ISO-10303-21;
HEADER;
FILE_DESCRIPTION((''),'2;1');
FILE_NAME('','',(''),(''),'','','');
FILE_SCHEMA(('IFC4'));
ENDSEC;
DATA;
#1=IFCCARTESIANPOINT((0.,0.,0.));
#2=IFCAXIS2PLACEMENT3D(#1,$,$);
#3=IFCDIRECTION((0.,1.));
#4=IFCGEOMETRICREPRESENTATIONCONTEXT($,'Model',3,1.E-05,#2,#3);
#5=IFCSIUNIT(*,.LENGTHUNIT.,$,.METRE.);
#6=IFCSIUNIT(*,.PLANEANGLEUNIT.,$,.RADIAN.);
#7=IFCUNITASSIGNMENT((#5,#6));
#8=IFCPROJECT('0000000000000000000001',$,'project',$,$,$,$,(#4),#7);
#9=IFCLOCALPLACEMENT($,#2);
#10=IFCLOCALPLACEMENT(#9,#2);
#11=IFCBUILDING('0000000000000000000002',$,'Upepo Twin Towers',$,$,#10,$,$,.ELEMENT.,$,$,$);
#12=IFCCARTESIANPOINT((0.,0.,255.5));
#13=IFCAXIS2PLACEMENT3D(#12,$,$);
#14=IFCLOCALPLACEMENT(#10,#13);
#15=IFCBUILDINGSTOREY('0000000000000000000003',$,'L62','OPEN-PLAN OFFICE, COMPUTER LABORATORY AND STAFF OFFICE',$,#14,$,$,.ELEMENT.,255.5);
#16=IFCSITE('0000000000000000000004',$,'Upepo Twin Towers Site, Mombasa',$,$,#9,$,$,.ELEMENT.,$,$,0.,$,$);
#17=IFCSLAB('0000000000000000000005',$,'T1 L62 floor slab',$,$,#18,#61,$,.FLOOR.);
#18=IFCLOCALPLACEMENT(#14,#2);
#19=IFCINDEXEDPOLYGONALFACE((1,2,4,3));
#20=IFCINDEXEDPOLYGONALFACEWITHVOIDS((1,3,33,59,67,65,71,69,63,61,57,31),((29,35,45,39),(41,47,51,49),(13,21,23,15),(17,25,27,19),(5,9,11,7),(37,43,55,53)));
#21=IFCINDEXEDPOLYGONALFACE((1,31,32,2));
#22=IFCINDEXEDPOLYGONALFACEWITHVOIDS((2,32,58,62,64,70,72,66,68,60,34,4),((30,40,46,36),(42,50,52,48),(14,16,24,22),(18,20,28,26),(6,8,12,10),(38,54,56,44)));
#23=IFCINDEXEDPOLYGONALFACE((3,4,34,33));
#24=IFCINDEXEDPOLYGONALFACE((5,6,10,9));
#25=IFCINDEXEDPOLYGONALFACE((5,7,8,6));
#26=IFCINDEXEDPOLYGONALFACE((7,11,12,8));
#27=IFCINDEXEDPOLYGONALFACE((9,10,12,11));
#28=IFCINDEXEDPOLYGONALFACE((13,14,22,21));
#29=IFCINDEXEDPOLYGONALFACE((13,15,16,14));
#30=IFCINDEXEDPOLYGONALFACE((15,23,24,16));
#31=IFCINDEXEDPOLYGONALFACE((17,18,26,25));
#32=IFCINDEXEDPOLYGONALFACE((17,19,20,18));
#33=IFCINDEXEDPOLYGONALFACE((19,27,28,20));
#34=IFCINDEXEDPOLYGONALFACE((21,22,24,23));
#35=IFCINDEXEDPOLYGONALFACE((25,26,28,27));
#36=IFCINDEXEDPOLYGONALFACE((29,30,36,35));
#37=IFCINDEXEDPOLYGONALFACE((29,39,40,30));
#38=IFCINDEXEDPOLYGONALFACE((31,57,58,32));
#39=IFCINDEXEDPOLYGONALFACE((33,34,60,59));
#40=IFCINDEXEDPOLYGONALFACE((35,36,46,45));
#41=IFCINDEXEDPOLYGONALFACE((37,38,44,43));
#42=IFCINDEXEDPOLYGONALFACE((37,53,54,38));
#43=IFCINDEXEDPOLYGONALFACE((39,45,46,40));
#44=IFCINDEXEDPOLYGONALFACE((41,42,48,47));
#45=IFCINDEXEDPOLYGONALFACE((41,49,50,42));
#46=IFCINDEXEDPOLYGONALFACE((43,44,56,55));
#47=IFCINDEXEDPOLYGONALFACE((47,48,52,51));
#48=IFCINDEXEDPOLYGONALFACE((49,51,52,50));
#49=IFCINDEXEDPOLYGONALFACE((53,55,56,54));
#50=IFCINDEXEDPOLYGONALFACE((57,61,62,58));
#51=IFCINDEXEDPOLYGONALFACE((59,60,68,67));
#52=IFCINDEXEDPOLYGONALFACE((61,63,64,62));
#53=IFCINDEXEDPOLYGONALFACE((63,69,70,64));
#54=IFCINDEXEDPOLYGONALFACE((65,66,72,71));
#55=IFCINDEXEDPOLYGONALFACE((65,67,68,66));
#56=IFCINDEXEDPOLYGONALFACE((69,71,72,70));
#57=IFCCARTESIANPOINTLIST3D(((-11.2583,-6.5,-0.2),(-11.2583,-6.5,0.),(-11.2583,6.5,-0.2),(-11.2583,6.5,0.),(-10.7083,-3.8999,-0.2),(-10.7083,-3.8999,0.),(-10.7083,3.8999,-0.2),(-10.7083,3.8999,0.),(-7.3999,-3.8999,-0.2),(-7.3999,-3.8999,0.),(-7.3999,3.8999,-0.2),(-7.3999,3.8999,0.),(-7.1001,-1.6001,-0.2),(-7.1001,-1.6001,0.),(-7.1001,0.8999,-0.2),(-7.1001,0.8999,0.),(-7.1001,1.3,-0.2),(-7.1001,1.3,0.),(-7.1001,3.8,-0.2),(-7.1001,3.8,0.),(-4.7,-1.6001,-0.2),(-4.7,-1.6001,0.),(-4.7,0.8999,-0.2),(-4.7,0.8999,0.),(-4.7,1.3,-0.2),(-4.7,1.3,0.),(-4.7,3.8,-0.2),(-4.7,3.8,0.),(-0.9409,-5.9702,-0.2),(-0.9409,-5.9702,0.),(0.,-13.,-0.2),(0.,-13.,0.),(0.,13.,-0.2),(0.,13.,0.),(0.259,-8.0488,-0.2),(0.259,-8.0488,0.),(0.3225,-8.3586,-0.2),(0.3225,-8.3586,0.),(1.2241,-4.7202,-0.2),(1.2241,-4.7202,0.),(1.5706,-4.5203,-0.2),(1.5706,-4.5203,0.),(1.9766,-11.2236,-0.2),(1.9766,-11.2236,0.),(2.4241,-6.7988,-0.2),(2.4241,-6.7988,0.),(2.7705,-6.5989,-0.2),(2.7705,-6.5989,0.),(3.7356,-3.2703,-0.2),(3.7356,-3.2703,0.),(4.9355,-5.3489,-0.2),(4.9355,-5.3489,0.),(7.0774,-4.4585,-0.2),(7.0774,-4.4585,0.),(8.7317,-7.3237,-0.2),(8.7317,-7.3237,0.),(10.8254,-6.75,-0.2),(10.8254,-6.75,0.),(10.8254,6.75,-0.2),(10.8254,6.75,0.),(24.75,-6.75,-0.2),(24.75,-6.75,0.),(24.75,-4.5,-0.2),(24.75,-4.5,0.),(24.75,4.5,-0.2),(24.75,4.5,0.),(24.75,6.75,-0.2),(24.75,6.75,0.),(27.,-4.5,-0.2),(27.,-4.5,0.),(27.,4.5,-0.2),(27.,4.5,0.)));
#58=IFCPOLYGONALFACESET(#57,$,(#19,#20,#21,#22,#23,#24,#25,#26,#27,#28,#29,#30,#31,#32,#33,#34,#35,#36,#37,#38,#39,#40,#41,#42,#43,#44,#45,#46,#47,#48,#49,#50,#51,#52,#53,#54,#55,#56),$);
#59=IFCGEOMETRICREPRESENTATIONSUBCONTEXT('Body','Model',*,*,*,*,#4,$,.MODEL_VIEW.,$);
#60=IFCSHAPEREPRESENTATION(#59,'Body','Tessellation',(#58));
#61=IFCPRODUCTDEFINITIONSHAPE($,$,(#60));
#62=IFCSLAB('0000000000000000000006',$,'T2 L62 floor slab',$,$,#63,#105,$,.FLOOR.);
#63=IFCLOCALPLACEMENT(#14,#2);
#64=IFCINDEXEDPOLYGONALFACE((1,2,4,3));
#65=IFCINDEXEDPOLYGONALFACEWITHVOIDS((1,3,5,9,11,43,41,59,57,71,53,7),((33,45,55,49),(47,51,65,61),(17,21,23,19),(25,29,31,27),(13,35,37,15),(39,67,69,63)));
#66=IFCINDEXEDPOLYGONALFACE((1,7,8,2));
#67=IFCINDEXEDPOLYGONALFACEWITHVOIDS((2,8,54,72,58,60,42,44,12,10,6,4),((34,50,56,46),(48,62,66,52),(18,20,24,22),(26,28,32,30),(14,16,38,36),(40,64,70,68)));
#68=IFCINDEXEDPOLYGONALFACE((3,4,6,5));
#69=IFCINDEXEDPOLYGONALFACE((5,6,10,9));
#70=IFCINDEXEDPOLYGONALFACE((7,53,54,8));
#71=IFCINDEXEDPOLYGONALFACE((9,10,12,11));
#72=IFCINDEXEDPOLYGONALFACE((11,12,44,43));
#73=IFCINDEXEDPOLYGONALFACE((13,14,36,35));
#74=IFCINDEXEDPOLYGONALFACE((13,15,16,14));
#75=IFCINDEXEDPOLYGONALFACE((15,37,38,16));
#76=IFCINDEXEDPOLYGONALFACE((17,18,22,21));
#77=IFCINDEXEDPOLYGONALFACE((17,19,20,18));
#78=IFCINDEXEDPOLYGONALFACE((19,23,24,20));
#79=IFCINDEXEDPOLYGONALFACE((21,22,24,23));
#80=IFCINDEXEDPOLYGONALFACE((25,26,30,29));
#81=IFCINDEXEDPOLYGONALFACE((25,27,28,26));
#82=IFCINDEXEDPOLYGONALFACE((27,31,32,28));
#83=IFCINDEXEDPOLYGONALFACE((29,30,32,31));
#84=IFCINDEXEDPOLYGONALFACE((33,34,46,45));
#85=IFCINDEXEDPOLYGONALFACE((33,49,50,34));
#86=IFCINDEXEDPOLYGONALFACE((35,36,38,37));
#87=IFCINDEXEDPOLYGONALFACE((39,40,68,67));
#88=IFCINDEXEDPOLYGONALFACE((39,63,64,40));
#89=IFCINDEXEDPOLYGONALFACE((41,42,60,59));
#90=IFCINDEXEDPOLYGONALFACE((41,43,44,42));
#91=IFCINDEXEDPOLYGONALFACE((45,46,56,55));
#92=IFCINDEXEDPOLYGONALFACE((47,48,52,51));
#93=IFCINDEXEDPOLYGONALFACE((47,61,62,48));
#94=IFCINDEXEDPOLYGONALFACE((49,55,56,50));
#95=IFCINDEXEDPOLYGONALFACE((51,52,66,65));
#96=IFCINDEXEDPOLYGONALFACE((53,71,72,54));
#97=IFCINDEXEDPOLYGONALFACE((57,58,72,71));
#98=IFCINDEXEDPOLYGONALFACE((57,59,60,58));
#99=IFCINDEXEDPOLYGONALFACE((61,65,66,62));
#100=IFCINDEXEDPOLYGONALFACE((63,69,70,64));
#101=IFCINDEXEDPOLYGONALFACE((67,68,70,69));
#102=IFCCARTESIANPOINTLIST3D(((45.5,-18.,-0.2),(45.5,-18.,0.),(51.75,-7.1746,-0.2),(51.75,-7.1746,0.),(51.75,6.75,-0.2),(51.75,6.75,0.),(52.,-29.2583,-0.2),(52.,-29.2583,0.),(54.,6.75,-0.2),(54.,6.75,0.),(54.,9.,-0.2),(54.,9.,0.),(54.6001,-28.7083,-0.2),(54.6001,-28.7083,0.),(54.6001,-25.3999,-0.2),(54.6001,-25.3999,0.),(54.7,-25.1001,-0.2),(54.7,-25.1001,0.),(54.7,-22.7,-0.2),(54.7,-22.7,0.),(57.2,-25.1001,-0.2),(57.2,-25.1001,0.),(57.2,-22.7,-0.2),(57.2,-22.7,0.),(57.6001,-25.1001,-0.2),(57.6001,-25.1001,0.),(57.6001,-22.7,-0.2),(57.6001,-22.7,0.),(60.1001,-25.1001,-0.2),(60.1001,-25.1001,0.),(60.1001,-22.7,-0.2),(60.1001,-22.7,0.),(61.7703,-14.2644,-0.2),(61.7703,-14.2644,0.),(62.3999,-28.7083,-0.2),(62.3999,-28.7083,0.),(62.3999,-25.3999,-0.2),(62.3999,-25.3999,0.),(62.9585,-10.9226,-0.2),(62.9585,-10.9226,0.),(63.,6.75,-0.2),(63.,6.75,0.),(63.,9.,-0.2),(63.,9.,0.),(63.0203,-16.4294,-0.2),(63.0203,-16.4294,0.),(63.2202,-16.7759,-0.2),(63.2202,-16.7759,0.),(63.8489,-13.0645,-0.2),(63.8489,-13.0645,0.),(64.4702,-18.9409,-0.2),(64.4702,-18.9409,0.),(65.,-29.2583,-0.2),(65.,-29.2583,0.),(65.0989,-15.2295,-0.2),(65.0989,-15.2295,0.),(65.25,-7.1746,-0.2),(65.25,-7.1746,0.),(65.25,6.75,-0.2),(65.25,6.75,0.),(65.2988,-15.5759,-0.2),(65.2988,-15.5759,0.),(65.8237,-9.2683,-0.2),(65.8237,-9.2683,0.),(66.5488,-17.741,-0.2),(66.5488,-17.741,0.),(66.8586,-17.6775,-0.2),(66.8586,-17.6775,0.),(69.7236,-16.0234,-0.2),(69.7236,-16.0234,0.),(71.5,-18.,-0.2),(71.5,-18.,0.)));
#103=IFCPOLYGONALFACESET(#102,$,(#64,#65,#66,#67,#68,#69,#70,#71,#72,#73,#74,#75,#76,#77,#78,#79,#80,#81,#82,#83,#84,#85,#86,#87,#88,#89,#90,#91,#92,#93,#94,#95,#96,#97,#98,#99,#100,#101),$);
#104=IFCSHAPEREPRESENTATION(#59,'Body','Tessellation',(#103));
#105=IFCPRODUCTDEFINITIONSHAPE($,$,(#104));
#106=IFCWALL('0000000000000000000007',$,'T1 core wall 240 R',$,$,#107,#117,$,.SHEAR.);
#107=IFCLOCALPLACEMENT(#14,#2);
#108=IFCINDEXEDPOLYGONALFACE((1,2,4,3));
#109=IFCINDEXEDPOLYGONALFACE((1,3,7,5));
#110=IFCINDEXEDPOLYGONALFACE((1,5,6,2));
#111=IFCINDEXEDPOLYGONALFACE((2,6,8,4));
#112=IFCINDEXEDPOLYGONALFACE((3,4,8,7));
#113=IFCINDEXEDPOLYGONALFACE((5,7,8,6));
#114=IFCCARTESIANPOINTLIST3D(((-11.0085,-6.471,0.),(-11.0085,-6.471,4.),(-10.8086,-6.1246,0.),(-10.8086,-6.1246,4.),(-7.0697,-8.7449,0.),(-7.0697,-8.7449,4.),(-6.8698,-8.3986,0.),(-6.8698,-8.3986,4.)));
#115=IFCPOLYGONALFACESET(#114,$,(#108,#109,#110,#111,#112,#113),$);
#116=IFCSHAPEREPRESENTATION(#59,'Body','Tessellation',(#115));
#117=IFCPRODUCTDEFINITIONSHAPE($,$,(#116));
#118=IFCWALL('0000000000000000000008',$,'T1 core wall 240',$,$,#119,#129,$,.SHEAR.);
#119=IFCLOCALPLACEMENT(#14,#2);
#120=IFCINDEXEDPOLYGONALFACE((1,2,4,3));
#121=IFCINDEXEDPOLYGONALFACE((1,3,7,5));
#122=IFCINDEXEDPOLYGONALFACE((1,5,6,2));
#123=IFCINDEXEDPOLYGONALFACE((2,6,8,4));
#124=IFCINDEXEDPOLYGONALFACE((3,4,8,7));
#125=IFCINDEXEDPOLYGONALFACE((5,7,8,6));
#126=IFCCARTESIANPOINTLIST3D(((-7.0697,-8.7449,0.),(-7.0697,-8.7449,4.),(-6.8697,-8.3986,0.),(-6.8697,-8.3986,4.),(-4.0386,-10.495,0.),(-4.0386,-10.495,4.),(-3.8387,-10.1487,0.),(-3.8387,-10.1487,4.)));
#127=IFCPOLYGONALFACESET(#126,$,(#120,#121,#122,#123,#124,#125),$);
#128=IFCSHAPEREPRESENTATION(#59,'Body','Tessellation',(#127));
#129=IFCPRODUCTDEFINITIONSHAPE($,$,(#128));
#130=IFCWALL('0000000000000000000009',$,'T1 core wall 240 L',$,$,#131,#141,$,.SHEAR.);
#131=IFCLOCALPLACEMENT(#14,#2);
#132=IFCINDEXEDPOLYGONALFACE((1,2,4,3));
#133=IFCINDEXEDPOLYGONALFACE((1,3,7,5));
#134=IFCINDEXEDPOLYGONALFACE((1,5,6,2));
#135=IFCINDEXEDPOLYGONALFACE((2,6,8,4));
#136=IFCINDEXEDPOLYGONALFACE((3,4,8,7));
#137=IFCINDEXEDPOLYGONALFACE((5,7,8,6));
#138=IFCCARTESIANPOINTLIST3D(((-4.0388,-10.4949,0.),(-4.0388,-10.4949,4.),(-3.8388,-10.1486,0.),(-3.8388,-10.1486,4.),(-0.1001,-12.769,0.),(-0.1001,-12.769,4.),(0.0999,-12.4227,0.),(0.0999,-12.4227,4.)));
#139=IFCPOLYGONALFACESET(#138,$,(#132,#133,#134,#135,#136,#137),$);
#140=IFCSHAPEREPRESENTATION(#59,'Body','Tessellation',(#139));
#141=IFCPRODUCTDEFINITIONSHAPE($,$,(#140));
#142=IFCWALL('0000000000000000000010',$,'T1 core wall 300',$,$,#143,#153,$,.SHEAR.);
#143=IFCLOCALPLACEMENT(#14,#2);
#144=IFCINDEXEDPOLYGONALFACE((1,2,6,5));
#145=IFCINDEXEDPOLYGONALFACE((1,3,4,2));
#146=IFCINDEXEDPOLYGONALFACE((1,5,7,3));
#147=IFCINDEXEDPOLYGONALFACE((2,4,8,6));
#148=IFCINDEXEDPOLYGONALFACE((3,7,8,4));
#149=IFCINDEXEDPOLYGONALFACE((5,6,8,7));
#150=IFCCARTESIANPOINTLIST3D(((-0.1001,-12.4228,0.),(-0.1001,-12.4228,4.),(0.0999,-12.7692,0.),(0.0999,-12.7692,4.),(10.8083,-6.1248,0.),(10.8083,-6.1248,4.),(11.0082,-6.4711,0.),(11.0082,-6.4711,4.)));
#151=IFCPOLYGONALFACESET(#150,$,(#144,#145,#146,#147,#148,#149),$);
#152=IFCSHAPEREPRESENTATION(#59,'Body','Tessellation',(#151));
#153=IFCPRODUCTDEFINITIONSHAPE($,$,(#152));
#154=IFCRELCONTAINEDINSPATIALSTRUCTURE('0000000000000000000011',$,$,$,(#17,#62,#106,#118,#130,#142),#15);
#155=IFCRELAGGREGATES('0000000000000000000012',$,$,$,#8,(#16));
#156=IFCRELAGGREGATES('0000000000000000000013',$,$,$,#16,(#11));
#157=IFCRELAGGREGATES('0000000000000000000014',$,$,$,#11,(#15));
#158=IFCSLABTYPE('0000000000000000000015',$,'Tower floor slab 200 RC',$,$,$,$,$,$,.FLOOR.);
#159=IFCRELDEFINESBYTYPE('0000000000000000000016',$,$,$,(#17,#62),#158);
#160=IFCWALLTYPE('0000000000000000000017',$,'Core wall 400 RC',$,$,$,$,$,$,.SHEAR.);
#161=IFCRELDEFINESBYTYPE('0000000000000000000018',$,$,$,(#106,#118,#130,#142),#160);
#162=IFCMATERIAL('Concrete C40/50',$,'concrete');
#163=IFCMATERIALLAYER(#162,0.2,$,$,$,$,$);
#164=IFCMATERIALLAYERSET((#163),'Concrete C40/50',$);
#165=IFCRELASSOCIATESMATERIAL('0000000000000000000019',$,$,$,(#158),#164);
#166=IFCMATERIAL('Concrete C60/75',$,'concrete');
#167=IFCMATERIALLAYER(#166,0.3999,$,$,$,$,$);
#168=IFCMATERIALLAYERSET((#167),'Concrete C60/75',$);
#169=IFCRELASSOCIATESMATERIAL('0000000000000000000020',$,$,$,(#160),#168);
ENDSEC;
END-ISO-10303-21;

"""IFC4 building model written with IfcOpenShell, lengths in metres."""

from ifc_helpers import new_model, si_unit, direction, frame, frame_2d, origin, place, context, subcontext, project, spatial, polyline, rectangle, outline, extrude, material, layer, layer_set, type_object, element, save


model = new_model("IFC4")

# Units and contexts
model_context = context("Model", 3, precision=1e-05, world=origin(), true_north=direction((0.0, 1.0)))
body_context = subcontext(model_context, "Body", "Model", "MODEL_VIEW")
ifc_project = project(units=[si_unit("LENGTHUNIT", "METRE"), si_unit("PLANEANGLEUNIT", "RADIAN")], contexts=[model_context])

# Site, building, storey
site_placement = place(None, origin())
site = spatial("IfcSite", under=ifc_project, at=site_placement, Name="Upepo Twin Towers Site, Mombasa", CompositionType="ELEMENT", RefElevation=0.0)
building_placement = place(site_placement, origin())
building = spatial("IfcBuilding", under=site, at=building_placement, Name="Upepo Twin Towers", CompositionType="ELEMENT")
storey_placement = place(building_placement, frame((0.0, 0.0, 255.5)))
storey = spatial("IfcBuildingStorey", under=building, at=storey_placement, Name="L62", Description="OPEN-PLAN OFFICE, COMPUTER LABORATORY AND STAFF OFFICE", CompositionType="ELEMENT", Elevation=255.5)

# Slabs
ifc_material_1 = material(Name="Concrete C40/50", Category="concrete")
ifc_layer_1 = layer(ifc_material_1, 0.2)
ifc_layer_set_1 = layer_set([ifc_layer_1], Name="Concrete C40/50")
slab_type = type_object("IfcSlabType", Name="Tower floor slab 200 RC", PredefinedType="FLOOR", material=ifc_layer_set_1)
slab_1_placement = place(storey_placement, frame((0.0, 0.0, -0.2)))
element("IfcSlab", 1, at=slab_1_placement, inside=storey, type_object=slab_type, Name="T1 L62 floor slab", PredefinedType="FLOOR", context=body_context, shape_type="SweptSolid", body=[
    extrude(outline(polyline([(0.0, -13.0), (-11.2583, -6.5), (-11.2583, 6.5), (0.0, 13.0), (10.8254, 6.75), (24.75, 6.75), (24.75, 4.5), (27.0, 4.5), (27.0, -4.5), (24.75, -4.5), (24.75, -6.75), (10.8254, -6.75), (0.0, -13.0)]), holes=[polyline([(-4.7, 3.8), (-7.1001, 3.8), (-7.1001, 1.3), (-4.7, 1.3), (-4.7, 3.8)]), polyline([(-4.7, 0.8999), (-7.1001, 0.8999), (-7.1001, -1.6001), (-4.7, -1.6001), (-4.7, 0.8999)]), polyline([(-7.3999, 3.8999), (-10.7083, 3.8999), (-10.7083, -3.8999), (-7.3999, -3.8999), (-7.3999, 3.8999)]), polyline([(-0.9409, -5.9702), (0.259, -8.0488), (2.4241, -6.7988), (1.2241, -4.7202), (-0.9409, -5.9702)]), polyline([(1.5706, -4.5203), (2.7705, -6.5989), (4.9355, -5.3489), (3.7356, -3.2703), (1.5706, -4.5203)]), polyline([(0.3225, -8.3586), (1.9766, -11.2236), (8.7317, -7.3237), (7.0774, -4.4585), (0.3225, -8.3586)])]), origin(), (0.0, 0.0, 1.0), 0.2),
])
slab_2_placement = place(storey_placement, frame((0.0, 0.0, -0.2)))
element("IfcSlab", 2, at=slab_2_placement, inside=storey, type_object=slab_type, Name="T2 L62 floor slab", PredefinedType="FLOOR", context=body_context, shape_type="SweptSolid", body=[
    extrude(outline(polyline([(71.5, -18.0), (65.0, -29.2583), (52.0, -29.2583), (45.5, -18.0), (51.75, -7.1746), (51.75, 6.75), (54.0, 6.75), (54.0, 9.0), (63.0, 9.0), (63.0, 6.75), (65.25, 6.75), (65.25, -7.1746), (71.5, -18.0)]), holes=[polyline([(54.7, -22.7), (54.7, -25.1001), (57.2, -25.1001), (57.2, -22.7), (54.7, -22.7)]), polyline([(57.6001, -22.7), (57.6001, -25.1001), (60.1001, -25.1001), (60.1001, -22.7), (57.6001, -22.7)]), polyline([(54.6001, -25.3999), (54.6001, -28.7083), (62.3999, -28.7083), (62.3999, -25.3999), (54.6001, -25.3999)]), polyline([(64.4702, -18.9409), (66.5488, -17.741), (65.2988, -15.5759), (63.2202, -16.7759), (64.4702, -18.9409)]), polyline([(63.0203, -16.4294), (65.0989, -15.2295), (63.8489, -13.0645), (61.7703, -14.2644), (63.0203, -16.4294)]), polyline([(66.8586, -17.6775), (69.7236, -16.0234), (65.8237, -9.2683), (62.9585, -10.9226), (66.8586, -17.6775)])]), origin(), (0.0, 0.0, 1.0), 0.2),
])

# Walls
ifc_material_2 = material(Name="Concrete C60/75", Category="concrete")
ifc_layer_2 = layer(ifc_material_2, 0.3999)
ifc_layer_set_2 = layer_set([ifc_layer_2], Name="Concrete C60/75")
wall_type_1 = type_object("IfcWallType", Name="Core wall 400 RC", PredefinedType="SHEAR", material=ifc_layer_set_2)
wall_1_placement = place(storey_placement, frame((-10.9084, -6.2979, 0.0), z_axis=(0.0, 0.0, 1.0), x_axis=(0.866035, -0.499984, 0.0)))
element("IfcWall", 3, at=wall_1_placement, inside=storey, type_object=wall_type_1, Name="T1 core wall 240 R", PredefinedType="SHEAR", context=body_context, shape_type="SweptSolid", body=[
    extrude(rectangle(XDim=4.5481, YDim=0.3999, at=frame_2d((2.2739, 0.0))), origin(), (0.0, 0.0, 1.0), 4.0),
])
wall_2_placement = place(storey_placement, frame((-6.9697, -8.5718, 0.0), z_axis=(0.0, 0.0, 1.0), x_axis=(0.866019, -0.50001, 0.0)))
element("IfcWall", 4, at=wall_2_placement, inside=storey, type_object=wall_type_1, Name="T1 core wall 240", PredefinedType="SHEAR", context=body_context, shape_type="SweptSolid", body=[
    extrude(rectangle(XDim=3.5, YDim=0.3999, at=frame_2d((1.75, 0.0))), origin(), (0.0, 0.0, 1.0), 4.0),
])
wall_3_placement = place(storey_placement, frame((-3.9387, -10.3218, 0.0), z_axis=(0.0, 0.0, 1.0), x_axis=(0.866011, -0.500024, 0.0)))
element("IfcWall", 5, at=wall_3_placement, inside=storey, type_object=wall_type_1, Name="T1 core wall 240 L", PredefinedType="SHEAR", context=body_context, shape_type="SweptSolid", body=[
    extrude(rectangle(XDim=4.5481, YDim=0.3999, at=frame_2d((2.2739, 0.0))), origin(), (0.0, 0.0, 1.0), 4.0),
])
wall_4_placement = place(storey_placement, frame((0.0, -12.5959, 0.0), z_axis=(0.0, 0.0, 1.0), x_axis=(0.866022, 0.500006, 0.0)))
element("IfcWall", 6, at=wall_4_placement, inside=storey, type_object=wall_type_1, Name="T1 core wall 300", PredefinedType="SHEAR", context=body_context, shape_type="SweptSolid", body=[
    extrude(rectangle(XDim=12.5959, YDim=0.3999, at=frame_2d((6.2979, 0.0))), origin(), (0.0, 0.0, 1.0), 4.0),
])

save(model, "model.ifc")
